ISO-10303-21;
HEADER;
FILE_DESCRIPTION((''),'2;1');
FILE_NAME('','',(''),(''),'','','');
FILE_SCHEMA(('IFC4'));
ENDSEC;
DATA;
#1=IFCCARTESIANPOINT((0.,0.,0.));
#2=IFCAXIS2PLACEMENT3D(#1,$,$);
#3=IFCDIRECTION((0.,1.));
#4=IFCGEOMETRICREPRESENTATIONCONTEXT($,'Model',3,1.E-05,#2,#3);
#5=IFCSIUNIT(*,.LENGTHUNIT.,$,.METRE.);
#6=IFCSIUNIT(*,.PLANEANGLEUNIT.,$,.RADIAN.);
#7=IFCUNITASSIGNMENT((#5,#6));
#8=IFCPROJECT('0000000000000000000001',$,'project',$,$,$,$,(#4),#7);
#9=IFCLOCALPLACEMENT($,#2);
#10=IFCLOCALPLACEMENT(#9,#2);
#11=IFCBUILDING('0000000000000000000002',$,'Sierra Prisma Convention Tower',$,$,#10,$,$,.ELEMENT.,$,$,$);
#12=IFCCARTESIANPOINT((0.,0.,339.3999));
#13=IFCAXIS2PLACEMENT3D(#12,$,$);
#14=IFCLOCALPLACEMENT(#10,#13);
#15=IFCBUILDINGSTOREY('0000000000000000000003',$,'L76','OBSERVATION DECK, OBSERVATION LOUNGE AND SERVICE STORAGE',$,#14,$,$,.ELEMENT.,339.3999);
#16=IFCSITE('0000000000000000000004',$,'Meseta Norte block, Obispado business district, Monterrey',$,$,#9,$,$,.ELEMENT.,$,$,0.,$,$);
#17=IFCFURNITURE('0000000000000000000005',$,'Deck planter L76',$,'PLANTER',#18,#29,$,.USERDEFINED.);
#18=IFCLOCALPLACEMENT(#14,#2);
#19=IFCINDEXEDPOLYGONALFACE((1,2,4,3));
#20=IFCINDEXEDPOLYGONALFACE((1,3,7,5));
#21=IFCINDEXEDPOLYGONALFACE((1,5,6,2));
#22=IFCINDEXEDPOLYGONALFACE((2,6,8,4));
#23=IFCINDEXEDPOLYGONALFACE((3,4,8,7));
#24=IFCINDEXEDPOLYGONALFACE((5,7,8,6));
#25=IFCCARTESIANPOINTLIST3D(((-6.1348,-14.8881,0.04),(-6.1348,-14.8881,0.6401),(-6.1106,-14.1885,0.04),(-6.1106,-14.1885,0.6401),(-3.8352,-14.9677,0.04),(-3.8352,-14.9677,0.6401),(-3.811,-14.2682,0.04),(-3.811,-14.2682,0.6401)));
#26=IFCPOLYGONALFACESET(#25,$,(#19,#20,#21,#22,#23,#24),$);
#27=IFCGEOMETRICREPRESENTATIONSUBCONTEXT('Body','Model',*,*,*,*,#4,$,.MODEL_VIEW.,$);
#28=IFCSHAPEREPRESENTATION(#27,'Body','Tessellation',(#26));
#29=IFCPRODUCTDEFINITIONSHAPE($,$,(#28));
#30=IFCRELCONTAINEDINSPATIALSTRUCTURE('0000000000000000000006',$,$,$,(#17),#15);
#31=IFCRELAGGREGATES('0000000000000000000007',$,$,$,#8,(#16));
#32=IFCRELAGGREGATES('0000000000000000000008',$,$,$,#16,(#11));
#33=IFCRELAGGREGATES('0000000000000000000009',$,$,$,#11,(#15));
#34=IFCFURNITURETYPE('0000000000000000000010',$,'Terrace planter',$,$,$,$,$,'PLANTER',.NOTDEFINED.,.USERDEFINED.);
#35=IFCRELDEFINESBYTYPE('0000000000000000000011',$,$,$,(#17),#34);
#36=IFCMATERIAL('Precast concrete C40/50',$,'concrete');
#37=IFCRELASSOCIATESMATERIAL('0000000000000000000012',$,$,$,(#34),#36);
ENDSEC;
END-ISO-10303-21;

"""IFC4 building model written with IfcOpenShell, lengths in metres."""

from ifc_helpers import new_model, si_unit, direction, frame, origin, origin_2d, place, context, subcontext, project, spatial, rectangle, extrude, material, type_object, element, save


model = new_model("IFC4")

# Units and contexts
model_context = context("Model", 3, precision=1e-05, world=origin(), true_north=direction((0.0, 1.0)))
body_context = subcontext(model_context, "Body", "Model", "MODEL_VIEW")
ifc_project = project(units=[si_unit("LENGTHUNIT", "METRE"), si_unit("PLANEANGLEUNIT", "RADIAN")], contexts=[model_context])

# Site, building, storey
site_placement = place(None, origin())
site = spatial("IfcSite", under=ifc_project, at=site_placement, Name="Meseta Norte block, Obispado business district, Monterrey", CompositionType="ELEMENT", RefElevation=0.0)
building_placement = place(site_placement, origin())
building = spatial("IfcBuilding", under=site, at=building_placement, Name="Sierra Prisma Convention Tower", CompositionType="ELEMENT")
storey_placement = place(building_placement, frame((0.0, 0.0, 339.3999)))
storey = spatial("IfcBuildingStorey", under=building, at=storey_placement, Name="L76", Description="OBSERVATION DECK, OBSERVATION LOUNGE AND SERVICE STORAGE", CompositionType="ELEMENT", Elevation=339.3999)

# Furniture
ifc_material_1 = material(Name="Precast concrete C40/50", Category="concrete")
furniture_type = type_object("IfcFurnitureType", Name="Terrace planter", ElementType="PLANTER", AssemblyPlace="NOTDEFINED", PredefinedType="USERDEFINED", material=ifc_material_1)
for number, where, z_axis, x_axis, name in (
    (1, (-4.9729, -14.5781, 0.04), (0.0, 0.0, 1.0), (0.999401, -0.034609, 0.0), "Deck planter L76"),
):
    element("IfcFurniture", number, at=place(storey_placement, frame(where, z_axis=z_axis, x_axis=x_axis)), inside=storey, type_object=furniture_type, Name=name, ObjectType="PLANTER", PredefinedType="USERDEFINED", context=body_context, shape_type="SweptSolid", body=[
        extrude(rectangle(XDim=2.301, YDim=0.7, at=origin_2d()), origin(), (0.0, 0.0, 1.0), 0.6001),
    ])

save(model, "model.ifc")
